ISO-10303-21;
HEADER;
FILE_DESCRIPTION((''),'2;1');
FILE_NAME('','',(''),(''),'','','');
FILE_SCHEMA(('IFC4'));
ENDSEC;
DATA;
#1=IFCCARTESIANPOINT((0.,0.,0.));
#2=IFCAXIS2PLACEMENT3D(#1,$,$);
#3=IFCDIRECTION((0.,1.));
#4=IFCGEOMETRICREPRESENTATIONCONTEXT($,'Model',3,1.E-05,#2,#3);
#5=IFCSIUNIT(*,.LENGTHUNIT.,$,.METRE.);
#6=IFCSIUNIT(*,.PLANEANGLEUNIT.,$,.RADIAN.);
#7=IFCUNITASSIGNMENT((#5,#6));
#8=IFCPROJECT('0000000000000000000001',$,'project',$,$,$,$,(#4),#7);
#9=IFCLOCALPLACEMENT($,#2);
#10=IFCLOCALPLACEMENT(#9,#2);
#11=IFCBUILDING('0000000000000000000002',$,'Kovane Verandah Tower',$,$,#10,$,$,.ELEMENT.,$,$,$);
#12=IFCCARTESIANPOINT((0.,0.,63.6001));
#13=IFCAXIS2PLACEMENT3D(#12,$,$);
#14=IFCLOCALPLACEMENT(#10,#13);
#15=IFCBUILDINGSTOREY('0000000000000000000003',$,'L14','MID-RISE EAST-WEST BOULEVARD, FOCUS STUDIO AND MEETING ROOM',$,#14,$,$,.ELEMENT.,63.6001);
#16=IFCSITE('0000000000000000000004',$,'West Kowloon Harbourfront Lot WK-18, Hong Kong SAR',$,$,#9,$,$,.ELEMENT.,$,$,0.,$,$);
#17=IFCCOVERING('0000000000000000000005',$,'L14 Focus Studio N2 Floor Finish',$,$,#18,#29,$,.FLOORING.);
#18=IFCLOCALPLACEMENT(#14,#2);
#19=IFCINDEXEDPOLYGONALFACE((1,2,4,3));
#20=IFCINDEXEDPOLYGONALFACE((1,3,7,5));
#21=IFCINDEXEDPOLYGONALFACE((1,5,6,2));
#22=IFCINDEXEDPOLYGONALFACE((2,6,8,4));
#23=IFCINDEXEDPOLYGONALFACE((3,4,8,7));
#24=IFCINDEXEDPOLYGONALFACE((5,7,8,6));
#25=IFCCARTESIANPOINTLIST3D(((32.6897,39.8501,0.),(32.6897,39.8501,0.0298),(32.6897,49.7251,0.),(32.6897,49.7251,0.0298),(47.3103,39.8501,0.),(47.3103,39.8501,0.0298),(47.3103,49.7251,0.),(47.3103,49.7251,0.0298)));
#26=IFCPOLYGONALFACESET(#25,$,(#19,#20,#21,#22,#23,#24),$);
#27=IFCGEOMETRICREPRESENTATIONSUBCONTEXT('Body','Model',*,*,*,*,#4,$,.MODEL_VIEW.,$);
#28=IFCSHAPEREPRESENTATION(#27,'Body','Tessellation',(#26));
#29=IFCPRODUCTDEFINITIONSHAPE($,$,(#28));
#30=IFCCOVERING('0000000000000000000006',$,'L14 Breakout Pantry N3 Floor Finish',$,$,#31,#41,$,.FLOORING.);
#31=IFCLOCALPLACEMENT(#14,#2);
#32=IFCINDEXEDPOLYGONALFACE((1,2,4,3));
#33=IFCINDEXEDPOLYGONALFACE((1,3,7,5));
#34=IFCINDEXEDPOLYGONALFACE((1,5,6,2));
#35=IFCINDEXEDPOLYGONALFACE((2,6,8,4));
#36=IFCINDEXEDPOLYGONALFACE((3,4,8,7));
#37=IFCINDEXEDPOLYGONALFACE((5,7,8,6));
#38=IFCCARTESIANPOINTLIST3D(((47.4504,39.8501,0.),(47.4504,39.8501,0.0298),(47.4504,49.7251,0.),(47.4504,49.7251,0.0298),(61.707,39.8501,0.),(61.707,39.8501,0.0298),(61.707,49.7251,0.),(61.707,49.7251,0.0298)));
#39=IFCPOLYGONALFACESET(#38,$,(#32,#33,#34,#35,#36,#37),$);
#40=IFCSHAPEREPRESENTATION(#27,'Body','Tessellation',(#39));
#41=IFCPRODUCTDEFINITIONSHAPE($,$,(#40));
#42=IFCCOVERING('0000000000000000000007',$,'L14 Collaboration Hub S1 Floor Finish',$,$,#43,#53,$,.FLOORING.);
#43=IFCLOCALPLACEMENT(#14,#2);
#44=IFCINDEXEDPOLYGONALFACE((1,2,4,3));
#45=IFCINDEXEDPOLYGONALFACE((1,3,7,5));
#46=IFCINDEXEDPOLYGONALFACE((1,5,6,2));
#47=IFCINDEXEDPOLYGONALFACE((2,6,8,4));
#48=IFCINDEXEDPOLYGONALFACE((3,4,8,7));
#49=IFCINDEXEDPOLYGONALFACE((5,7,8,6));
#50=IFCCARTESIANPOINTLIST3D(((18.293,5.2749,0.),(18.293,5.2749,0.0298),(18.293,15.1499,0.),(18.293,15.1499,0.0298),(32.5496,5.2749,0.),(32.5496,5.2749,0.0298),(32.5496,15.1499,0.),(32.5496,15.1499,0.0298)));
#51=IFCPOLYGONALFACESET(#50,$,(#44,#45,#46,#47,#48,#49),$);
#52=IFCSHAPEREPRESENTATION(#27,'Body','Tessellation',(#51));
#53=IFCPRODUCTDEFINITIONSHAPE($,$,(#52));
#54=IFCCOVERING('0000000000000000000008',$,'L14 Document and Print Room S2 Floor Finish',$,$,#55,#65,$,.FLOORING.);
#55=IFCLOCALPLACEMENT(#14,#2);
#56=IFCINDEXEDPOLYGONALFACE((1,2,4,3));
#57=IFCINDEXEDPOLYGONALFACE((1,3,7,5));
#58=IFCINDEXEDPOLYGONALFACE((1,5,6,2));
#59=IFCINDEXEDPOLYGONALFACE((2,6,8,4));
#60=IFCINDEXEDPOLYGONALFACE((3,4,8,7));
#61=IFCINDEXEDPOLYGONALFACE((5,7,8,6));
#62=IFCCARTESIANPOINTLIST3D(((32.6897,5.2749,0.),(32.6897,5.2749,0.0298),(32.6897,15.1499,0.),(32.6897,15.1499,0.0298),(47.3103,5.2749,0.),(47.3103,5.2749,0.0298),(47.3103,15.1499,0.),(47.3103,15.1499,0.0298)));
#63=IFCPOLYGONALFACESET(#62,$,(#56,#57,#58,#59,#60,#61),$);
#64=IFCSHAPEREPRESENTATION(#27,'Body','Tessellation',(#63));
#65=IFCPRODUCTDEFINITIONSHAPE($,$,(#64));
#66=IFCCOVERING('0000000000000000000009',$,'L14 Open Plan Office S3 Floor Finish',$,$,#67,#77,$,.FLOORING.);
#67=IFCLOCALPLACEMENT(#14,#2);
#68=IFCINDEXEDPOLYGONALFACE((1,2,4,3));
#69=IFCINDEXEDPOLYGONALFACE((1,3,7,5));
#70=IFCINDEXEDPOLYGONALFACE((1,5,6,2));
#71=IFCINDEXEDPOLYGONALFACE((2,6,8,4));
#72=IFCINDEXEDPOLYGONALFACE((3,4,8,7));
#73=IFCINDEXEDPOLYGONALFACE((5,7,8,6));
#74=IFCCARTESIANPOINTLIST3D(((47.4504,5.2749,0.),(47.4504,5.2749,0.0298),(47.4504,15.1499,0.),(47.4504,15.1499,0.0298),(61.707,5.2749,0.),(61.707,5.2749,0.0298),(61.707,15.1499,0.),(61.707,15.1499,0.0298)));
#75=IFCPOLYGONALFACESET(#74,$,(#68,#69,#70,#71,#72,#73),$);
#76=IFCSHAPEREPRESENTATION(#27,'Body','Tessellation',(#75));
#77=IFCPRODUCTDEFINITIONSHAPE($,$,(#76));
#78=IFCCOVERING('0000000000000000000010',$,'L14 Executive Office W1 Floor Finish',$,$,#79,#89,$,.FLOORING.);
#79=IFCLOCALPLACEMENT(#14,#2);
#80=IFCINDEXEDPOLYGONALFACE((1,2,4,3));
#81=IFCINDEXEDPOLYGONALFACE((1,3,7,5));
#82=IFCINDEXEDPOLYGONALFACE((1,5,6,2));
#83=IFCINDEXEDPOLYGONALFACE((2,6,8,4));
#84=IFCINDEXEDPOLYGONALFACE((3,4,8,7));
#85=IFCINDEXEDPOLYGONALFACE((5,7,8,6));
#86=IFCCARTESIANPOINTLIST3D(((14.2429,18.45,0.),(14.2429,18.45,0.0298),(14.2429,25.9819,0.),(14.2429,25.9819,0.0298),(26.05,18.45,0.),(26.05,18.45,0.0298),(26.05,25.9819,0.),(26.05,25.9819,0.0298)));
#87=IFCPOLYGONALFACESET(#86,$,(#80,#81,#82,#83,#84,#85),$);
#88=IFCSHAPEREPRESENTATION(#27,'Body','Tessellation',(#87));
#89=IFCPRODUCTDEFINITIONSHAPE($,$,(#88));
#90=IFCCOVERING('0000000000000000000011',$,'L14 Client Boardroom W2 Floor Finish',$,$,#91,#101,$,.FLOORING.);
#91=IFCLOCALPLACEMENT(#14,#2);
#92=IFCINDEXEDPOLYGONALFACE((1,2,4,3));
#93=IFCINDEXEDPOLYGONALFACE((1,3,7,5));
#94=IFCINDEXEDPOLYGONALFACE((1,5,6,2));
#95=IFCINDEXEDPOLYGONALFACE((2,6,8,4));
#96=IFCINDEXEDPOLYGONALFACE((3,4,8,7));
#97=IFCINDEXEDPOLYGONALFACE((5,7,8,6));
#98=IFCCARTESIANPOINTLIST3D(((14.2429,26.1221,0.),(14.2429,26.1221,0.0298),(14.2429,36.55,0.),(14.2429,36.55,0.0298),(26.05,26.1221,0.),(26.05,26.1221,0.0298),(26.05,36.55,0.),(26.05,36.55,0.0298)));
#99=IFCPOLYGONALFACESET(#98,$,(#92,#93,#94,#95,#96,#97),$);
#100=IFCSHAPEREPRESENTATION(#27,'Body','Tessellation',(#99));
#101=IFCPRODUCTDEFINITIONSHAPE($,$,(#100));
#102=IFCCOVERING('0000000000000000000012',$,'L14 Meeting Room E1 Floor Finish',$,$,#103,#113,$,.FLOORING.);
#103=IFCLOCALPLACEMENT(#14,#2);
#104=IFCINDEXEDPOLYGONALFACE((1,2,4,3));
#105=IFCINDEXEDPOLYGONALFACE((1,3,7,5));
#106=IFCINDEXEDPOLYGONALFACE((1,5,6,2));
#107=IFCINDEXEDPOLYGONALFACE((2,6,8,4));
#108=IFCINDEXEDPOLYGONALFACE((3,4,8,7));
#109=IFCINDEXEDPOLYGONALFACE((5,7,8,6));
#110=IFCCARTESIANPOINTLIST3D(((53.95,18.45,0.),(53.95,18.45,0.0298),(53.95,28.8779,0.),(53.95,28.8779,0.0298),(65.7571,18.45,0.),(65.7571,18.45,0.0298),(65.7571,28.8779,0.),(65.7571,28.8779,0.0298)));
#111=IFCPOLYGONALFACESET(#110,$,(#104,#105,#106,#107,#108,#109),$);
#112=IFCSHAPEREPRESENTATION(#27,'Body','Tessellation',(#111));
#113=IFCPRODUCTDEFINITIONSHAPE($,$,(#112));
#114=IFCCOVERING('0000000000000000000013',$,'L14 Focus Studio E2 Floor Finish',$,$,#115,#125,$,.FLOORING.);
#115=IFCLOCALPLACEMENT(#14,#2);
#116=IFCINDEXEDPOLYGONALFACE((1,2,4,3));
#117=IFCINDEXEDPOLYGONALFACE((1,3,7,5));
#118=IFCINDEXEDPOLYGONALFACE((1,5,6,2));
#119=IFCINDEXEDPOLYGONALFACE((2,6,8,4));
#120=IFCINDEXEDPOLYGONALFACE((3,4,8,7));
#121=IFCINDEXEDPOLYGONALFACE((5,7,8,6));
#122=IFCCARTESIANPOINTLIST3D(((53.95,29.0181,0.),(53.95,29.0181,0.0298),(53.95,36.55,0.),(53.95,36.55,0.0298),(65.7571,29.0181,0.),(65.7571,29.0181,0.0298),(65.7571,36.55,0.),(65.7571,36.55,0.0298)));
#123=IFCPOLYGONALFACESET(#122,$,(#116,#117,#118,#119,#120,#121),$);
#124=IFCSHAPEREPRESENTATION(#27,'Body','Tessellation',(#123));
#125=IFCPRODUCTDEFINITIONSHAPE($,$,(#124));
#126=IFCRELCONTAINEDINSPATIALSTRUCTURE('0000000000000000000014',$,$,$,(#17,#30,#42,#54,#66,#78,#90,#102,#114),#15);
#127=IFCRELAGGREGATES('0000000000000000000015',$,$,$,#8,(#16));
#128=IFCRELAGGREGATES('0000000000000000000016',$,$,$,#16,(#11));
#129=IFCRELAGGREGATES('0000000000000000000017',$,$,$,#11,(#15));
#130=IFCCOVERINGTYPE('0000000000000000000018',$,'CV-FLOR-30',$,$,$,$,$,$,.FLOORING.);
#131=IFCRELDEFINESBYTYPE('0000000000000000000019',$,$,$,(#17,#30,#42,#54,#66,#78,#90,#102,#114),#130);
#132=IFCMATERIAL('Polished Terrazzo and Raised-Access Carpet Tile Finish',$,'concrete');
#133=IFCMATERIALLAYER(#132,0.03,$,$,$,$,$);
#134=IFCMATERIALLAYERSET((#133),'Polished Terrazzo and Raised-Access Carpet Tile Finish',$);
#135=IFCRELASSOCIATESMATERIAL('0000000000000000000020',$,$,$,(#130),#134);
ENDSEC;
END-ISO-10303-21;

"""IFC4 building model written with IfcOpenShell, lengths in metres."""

from ifc_helpers import new_model, si_unit, direction, frame, origin, place, context, subcontext, project, spatial, polyline, outline, extrude, material, layer, layer_set, type_object, element, save


model = new_model("IFC4")

# Units and contexts
model_context = context("Model", 3, precision=1e-05, world=origin(), true_north=direction((0.0, 1.0)))
body_context = subcontext(model_context, "Body", "Model", "MODEL_VIEW")
ifc_project = project(units=[si_unit("LENGTHUNIT", "METRE"), si_unit("PLANEANGLEUNIT", "RADIAN")], contexts=[model_context])

# Site, building, storey
site_placement = place(None, origin())
site = spatial("IfcSite", under=ifc_project, at=site_placement, Name="West Kowloon Harbourfront Lot WK-18, Hong Kong SAR", CompositionType="ELEMENT", RefElevation=0.0)
building_placement = place(site_placement, origin())
building = spatial("IfcBuilding", under=site, at=building_placement, Name="Kovane Verandah Tower", CompositionType="ELEMENT")
storey_placement = place(building_placement, frame((0.0, 0.0, 63.6001)))
storey = spatial("IfcBuildingStorey", under=building, at=storey_placement, Name="L14", Description="MID-RISE EAST-WEST BOULEVARD, FOCUS STUDIO AND MEETING ROOM", CompositionType="ELEMENT", Elevation=63.6001)

# Coverings
ifc_material_1 = material(Name="Polished Terrazzo and Raised-Access Carpet Tile Finish", Category="concrete")
ifc_layer_1 = layer(ifc_material_1, 0.03)
ifc_layer_set_1 = layer_set([ifc_layer_1], Name="Polished Terrazzo and Raised-Access Carpet Tile Finish")
covering_type_1 = type_object("IfcCoveringType", Name="CV-FLOR-30", PredefinedType="FLOORING", material=ifc_layer_set_1)
covering_1_placement = place(storey_placement, origin())
element("IfcCovering", 1, at=covering_1_placement, inside=storey, type_object=covering_type_1, Name="L14 Focus Studio N2 Floor Finish", PredefinedType="FLOORING", context=body_context, shape_type="SweptSolid", body=[
    extrude(outline(polyline([(32.6897, 39.8501), (47.3103, 39.8501), (47.3103, 49.7251), (32.6897, 49.7251), (32.6897, 39.8501)])), origin(), (0.0, 0.0, 1.0), 0.0298),
])
covering_2_placement = place(storey_placement, origin())
element("IfcCovering", 2, at=covering_2_placement, inside=storey, type_object=covering_type_1, Name="L14 Breakout Pantry N3 Floor Finish", PredefinedType="FLOORING", context=body_context, shape_type="SweptSolid", body=[
    extrude(outline(polyline([(47.4504, 39.8501), (61.707, 39.8501), (61.707, 49.7251), (47.4504, 49.7251), (47.4504, 39.8501)])), origin(), (0.0, 0.0, 1.0), 0.0298),
])
covering_3_placement = place(storey_placement, origin())
element("IfcCovering", 3, at=covering_3_placement, inside=storey, type_object=covering_type_1, Name="L14 Collaboration Hub S1 Floor Finish", PredefinedType="FLOORING", context=body_context, shape_type="SweptSolid", body=[
    extrude(outline(polyline([(18.293, 5.2749), (32.5496, 5.2749), (32.5496, 15.1499), (18.293, 15.1499), (18.293, 5.2749)])), origin(), (0.0, 0.0, 1.0), 0.0298),
])
covering_4_placement = place(storey_placement, origin())
element("IfcCovering", 4, at=covering_4_placement, inside=storey, type_object=covering_type_1, Name="L14 Document and Print Room S2 Floor Finish", PredefinedType="FLOORING", context=body_context, shape_type="SweptSolid", body=[
    extrude(outline(polyline([(32.6897, 5.2749), (47.3103, 5.2749), (47.3103, 15.1499), (32.6897, 15.1499), (32.6897, 5.2749)])), origin(), (0.0, 0.0, 1.0), 0.0298),
])
covering_5_placement = place(storey_placement, origin())
element("IfcCovering", 5, at=covering_5_placement, inside=storey, type_object=covering_type_1, Name="L14 Open Plan Office S3 Floor Finish", PredefinedType="FLOORING", context=body_context, shape_type="SweptSolid", body=[
    extrude(outline(polyline([(47.4504, 5.2749), (61.707, 5.2749), (61.707, 15.1499), (47.4504, 15.1499), (47.4504, 5.2749)])), origin(), (0.0, 0.0, 1.0), 0.0298),
])
covering_6_placement = place(storey_placement, origin())
element("IfcCovering", 6, at=covering_6_placement, inside=storey, type_object=covering_type_1, Name="L14 Executive Office W1 Floor Finish", PredefinedType="FLOORING", context=body_context, shape_type="SweptSolid", body=[
    extrude(outline(polyline([(14.2429, 18.45), (26.05, 18.45), (26.05, 25.9819), (14.2429, 25.9819), (14.2429, 18.45)])), origin(), (0.0, 0.0, 1.0), 0.0298),
])
covering_7_placement = place(storey_placement, origin())
element("IfcCovering", 7, at=covering_7_placement, inside=storey, type_object=covering_type_1, Name="L14 Client Boardroom W2 Floor Finish", PredefinedType="FLOORING", context=body_context, shape_type="SweptSolid", body=[
    extrude(outline(polyline([(14.2429, 26.1221), (26.05, 26.1221), (26.05, 36.55), (14.2429, 36.55), (14.2429, 26.1221)])), origin(), (0.0, 0.0, 1.0), 0.0298),
])
covering_8_placement = place(storey_placement, origin())
element("IfcCovering", 8, at=covering_8_placement, inside=storey, type_object=covering_type_1, Name="L14 Meeting Room E1 Floor Finish", PredefinedType="FLOORING", context=body_context, shape_type="SweptSolid", body=[
    extrude(outline(polyline([(53.95, 18.45), (65.7571, 18.45), (65.7571, 28.8779), (53.95, 28.8779), (53.95, 18.45)])), origin(), (0.0, 0.0, 1.0), 0.0298),
])
covering_9_placement = place(storey_placement, origin())
element("IfcCovering", 9, at=covering_9_placement, inside=storey, type_object=covering_type_1, Name="L14 Focus Studio E2 Floor Finish", PredefinedType="FLOORING", context=body_context, shape_type="SweptSolid", body=[
    extrude(outline(polyline([(53.95, 29.0181), (65.7571, 29.0181), (65.7571, 36.55), (53.95, 36.55), (53.95, 29.0181)])), origin(), (0.0, 0.0, 1.0), 0.0298),
])

save(model, "model.ifc")
